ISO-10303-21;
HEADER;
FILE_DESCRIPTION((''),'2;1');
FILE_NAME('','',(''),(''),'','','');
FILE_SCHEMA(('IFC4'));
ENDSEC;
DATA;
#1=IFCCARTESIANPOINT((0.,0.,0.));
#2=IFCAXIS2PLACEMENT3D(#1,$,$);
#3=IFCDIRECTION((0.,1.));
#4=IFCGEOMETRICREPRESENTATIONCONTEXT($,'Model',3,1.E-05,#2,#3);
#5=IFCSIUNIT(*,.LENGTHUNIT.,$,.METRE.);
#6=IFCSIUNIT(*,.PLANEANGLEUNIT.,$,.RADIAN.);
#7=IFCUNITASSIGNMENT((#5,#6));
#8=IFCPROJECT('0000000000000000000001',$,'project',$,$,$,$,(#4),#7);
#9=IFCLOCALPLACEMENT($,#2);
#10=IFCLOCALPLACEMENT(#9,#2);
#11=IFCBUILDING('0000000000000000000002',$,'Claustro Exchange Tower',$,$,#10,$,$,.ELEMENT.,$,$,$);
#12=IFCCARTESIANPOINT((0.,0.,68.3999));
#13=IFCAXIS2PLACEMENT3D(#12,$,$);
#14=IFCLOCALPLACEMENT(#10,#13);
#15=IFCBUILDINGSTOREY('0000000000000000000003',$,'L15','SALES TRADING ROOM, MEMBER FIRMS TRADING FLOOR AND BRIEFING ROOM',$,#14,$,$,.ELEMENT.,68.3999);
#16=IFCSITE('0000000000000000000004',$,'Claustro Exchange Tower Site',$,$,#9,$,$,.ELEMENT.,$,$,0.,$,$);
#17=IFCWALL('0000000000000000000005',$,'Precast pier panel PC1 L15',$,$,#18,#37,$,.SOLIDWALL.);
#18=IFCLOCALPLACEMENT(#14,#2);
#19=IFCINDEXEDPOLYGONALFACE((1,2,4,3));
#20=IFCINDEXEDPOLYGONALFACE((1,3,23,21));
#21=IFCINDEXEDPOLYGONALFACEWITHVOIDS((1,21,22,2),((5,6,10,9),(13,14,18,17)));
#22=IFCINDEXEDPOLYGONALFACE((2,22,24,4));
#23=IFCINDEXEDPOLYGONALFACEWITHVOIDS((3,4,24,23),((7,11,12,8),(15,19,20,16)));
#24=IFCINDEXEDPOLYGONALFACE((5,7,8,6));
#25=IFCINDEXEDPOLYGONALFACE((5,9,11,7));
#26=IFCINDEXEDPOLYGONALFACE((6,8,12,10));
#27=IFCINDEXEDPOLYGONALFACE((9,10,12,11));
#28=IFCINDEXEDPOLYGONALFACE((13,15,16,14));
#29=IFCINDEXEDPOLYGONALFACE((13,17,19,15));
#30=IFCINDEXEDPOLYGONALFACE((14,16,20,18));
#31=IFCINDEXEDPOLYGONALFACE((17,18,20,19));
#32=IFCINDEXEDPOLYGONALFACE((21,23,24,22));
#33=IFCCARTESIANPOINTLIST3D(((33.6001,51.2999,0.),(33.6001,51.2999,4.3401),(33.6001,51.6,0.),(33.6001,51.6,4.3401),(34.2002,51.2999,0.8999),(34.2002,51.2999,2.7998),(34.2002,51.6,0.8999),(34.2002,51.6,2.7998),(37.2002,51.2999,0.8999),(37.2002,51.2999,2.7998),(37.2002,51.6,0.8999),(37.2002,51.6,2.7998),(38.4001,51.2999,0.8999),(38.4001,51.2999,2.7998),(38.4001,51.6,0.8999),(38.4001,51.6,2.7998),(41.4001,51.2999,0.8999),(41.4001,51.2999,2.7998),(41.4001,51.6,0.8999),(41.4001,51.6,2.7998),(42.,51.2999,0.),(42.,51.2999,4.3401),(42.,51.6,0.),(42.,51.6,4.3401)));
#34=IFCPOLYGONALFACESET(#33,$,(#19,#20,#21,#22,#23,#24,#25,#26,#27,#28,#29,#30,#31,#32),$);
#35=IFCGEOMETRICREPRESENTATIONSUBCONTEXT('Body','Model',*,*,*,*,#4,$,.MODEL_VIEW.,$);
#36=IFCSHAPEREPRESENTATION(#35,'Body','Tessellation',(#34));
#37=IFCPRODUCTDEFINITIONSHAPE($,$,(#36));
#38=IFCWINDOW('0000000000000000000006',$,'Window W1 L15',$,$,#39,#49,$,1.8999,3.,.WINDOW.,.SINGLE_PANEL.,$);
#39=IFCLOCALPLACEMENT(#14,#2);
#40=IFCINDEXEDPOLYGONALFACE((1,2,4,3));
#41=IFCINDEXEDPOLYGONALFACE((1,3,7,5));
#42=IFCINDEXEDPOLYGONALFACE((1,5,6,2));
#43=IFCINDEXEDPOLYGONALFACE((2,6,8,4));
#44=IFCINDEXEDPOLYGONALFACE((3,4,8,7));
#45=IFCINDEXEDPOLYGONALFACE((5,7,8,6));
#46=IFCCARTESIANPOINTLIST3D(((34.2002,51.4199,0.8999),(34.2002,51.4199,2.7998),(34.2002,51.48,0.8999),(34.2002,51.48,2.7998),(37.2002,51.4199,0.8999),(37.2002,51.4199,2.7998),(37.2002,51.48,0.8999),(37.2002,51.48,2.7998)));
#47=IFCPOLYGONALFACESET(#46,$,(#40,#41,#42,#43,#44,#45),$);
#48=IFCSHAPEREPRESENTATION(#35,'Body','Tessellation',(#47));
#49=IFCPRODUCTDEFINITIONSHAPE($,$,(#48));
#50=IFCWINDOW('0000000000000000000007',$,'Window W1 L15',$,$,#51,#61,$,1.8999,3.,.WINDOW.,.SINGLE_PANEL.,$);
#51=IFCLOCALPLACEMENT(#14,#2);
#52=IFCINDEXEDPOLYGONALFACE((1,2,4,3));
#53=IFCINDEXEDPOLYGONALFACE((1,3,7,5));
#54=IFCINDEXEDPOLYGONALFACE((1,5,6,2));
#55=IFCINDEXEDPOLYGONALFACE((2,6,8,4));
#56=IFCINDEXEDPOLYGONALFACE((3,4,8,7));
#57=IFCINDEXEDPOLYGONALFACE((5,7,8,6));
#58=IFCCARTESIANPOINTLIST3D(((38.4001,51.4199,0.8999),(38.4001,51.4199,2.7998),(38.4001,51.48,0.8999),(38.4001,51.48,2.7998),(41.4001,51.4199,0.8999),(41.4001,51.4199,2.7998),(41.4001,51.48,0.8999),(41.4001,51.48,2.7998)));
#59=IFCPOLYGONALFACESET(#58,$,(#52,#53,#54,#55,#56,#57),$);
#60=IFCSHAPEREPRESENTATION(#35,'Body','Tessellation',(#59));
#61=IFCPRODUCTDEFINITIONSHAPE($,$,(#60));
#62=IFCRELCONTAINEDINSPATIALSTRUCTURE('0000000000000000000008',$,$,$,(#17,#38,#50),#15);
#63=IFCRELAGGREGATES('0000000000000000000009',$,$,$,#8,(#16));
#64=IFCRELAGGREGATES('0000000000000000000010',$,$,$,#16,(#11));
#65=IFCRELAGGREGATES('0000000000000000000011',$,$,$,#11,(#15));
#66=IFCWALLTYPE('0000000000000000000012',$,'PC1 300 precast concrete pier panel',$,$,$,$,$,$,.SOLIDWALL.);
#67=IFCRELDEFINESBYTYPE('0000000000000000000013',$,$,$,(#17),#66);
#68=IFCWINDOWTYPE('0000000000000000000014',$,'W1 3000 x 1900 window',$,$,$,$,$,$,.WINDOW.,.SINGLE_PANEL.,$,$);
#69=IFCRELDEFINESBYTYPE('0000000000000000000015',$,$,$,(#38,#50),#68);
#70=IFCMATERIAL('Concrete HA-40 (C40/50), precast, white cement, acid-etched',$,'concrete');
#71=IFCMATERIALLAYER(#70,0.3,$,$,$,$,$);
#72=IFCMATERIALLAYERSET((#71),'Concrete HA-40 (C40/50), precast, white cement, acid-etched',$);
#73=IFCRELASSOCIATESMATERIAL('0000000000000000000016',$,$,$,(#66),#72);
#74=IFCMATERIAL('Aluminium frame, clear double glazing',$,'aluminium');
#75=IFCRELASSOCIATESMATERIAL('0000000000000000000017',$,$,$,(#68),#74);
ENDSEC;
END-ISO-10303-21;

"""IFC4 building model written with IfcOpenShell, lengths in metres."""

from ifc_helpers import new_model, si_unit, direction, frame, frame_2d, origin, place, context, subcontext, project, spatial, rectangle, extrude, material, layer, layer_set, type_object, element, fill, save


model = new_model("IFC4")

# Units and contexts
model_context = context("Model", 3, precision=1e-05, world=origin(), true_north=direction((0.0, 1.0)))
body_context = subcontext(model_context, "Body", "Model", "MODEL_VIEW")
ifc_project = project(units=[si_unit("LENGTHUNIT", "METRE"), si_unit("PLANEANGLEUNIT", "RADIAN")], contexts=[model_context])

# Site, building, storey
site_placement = place(None, origin())
site = spatial("IfcSite", under=ifc_project, at=site_placement, Name="Claustro Exchange Tower Site", CompositionType="ELEMENT", RefElevation=0.0)
building_placement = place(site_placement, origin())
building = spatial("IfcBuilding", under=site, at=building_placement, Name="Claustro Exchange Tower", CompositionType="ELEMENT")
storey_placement = place(building_placement, frame((0.0, 0.0, 68.3999)))
storey = spatial("IfcBuildingStorey", under=building, at=storey_placement, Name="L15", Description="SALES TRADING ROOM, MEMBER FIRMS TRADING FLOOR AND BRIEFING ROOM", CompositionType="ELEMENT", Elevation=68.3999)

# Wall, openings, windows
ifc_material_1 = material(Name="Concrete HA-40 (C40/50), precast, white cement, acid-etched", Category="concrete")
ifc_layer_1 = layer(ifc_material_1, 0.3)
ifc_layer_set_1 = layer_set([ifc_layer_1], Name="Concrete HA-40 (C40/50), precast, white cement, acid-etched")
wall_type_1 = type_object("IfcWallType", Name="PC1 300 precast concrete pier panel", PredefinedType="SOLIDWALL", material=ifc_layer_set_1)
ifc_material_2 = material(Name="Aluminium frame, clear double glazing", Category="aluminium")
window_type = type_object("IfcWindowType", Name="W1 3000 x 1900 window", PartitioningType="SINGLE_PANEL", PredefinedType="WINDOW", material=ifc_material_2)
wall_1_placement = place(storey_placement, frame((33.6001, 51.45, 0.0), z_axis=(0.0, 0.0, 1.0), x_axis=(1.0, 0.0, 0.0)))
wall_1 = element("IfcWall", 1, at=wall_1_placement, inside=storey, type_object=wall_type_1, Name="Precast pier panel PC1 L15", PredefinedType="SOLIDWALL", context=body_context, shape_type="SweptSolid", body=[
    extrude(rectangle(XDim=8.3999, YDim=0.3, at=frame_2d((4.2, 0.0))), origin(), (0.0, 0.0, 1.0), 4.3401),
])
opening_1_placement = place(wall_1_placement, frame((0.6001, 0.0, 0.8999)))
opening_1 = element("IfcOpeningElement", 2, at=opening_1_placement, cuts=wall_1, PredefinedType="OPENING", context=body_context, shape_type="SweptSolid", body=[
    extrude(rectangle(XDim=3.0, YDim=1.8999, at=frame_2d((1.5, 0.95))), frame((0.0, 0.1599, 0.0), z_axis=(0.0, -1.0, 0.0), x_axis=(1.0, 0.0, 0.0)), (0.0, 0.0, 1.0), 0.3201),
])
opening_2_placement = place(wall_1_placement, frame((4.8, 0.0, 0.8999)))
opening_2 = element("IfcOpeningElement", 3, at=opening_2_placement, cuts=wall_1, PredefinedType="OPENING", context=body_context, shape_type="SweptSolid", body=[
    extrude(rectangle(XDim=3.0, YDim=1.8999, at=frame_2d((1.5, 0.95))), frame((0.0, 0.1599, 0.0), z_axis=(0.0, -1.0, 0.0), x_axis=(1.0, 0.0, 0.0)), (0.0, 0.0, 1.0), 0.3201),
])
window_1_placement = place(opening_1_placement, origin())
window_1 = element("IfcWindow", 4, at=window_1_placement, inside=storey, type_object=window_type, Name="Window W1 L15", OverallHeight=1.8999, OverallWidth=3.0, PartitioningType="SINGLE_PANEL", PredefinedType="WINDOW", context=body_context, shape_type="SweptSolid", body=[
    extrude(rectangle(XDim=3.0, YDim=1.8999, at=frame_2d((1.5, 0.95))), frame((0.0, 0.03, 0.0), z_axis=(0.0, -1.0, 0.0), x_axis=(1.0, 0.0, 0.0)), (0.0, 0.0, 1.0), 0.0601),
])
fill(opening_1, window_1)
window_2_placement = place(opening_2_placement, origin())
window_2 = element("IfcWindow", 5, at=window_2_placement, inside=storey, type_object=window_type, Name="Window W1 L15", OverallHeight=1.8999, OverallWidth=3.0, PartitioningType="SINGLE_PANEL", PredefinedType="WINDOW", context=body_context, shape_type="SweptSolid", body=[
    extrude(rectangle(XDim=3.0, YDim=1.8999, at=frame_2d((1.5, 0.95))), frame((0.0, 0.03, 0.0), z_axis=(0.0, -1.0, 0.0), x_axis=(1.0, 0.0, 0.0)), (0.0, 0.0, 1.0), 0.0601),
])
fill(opening_2, window_2)

save(model, "model.ifc")
